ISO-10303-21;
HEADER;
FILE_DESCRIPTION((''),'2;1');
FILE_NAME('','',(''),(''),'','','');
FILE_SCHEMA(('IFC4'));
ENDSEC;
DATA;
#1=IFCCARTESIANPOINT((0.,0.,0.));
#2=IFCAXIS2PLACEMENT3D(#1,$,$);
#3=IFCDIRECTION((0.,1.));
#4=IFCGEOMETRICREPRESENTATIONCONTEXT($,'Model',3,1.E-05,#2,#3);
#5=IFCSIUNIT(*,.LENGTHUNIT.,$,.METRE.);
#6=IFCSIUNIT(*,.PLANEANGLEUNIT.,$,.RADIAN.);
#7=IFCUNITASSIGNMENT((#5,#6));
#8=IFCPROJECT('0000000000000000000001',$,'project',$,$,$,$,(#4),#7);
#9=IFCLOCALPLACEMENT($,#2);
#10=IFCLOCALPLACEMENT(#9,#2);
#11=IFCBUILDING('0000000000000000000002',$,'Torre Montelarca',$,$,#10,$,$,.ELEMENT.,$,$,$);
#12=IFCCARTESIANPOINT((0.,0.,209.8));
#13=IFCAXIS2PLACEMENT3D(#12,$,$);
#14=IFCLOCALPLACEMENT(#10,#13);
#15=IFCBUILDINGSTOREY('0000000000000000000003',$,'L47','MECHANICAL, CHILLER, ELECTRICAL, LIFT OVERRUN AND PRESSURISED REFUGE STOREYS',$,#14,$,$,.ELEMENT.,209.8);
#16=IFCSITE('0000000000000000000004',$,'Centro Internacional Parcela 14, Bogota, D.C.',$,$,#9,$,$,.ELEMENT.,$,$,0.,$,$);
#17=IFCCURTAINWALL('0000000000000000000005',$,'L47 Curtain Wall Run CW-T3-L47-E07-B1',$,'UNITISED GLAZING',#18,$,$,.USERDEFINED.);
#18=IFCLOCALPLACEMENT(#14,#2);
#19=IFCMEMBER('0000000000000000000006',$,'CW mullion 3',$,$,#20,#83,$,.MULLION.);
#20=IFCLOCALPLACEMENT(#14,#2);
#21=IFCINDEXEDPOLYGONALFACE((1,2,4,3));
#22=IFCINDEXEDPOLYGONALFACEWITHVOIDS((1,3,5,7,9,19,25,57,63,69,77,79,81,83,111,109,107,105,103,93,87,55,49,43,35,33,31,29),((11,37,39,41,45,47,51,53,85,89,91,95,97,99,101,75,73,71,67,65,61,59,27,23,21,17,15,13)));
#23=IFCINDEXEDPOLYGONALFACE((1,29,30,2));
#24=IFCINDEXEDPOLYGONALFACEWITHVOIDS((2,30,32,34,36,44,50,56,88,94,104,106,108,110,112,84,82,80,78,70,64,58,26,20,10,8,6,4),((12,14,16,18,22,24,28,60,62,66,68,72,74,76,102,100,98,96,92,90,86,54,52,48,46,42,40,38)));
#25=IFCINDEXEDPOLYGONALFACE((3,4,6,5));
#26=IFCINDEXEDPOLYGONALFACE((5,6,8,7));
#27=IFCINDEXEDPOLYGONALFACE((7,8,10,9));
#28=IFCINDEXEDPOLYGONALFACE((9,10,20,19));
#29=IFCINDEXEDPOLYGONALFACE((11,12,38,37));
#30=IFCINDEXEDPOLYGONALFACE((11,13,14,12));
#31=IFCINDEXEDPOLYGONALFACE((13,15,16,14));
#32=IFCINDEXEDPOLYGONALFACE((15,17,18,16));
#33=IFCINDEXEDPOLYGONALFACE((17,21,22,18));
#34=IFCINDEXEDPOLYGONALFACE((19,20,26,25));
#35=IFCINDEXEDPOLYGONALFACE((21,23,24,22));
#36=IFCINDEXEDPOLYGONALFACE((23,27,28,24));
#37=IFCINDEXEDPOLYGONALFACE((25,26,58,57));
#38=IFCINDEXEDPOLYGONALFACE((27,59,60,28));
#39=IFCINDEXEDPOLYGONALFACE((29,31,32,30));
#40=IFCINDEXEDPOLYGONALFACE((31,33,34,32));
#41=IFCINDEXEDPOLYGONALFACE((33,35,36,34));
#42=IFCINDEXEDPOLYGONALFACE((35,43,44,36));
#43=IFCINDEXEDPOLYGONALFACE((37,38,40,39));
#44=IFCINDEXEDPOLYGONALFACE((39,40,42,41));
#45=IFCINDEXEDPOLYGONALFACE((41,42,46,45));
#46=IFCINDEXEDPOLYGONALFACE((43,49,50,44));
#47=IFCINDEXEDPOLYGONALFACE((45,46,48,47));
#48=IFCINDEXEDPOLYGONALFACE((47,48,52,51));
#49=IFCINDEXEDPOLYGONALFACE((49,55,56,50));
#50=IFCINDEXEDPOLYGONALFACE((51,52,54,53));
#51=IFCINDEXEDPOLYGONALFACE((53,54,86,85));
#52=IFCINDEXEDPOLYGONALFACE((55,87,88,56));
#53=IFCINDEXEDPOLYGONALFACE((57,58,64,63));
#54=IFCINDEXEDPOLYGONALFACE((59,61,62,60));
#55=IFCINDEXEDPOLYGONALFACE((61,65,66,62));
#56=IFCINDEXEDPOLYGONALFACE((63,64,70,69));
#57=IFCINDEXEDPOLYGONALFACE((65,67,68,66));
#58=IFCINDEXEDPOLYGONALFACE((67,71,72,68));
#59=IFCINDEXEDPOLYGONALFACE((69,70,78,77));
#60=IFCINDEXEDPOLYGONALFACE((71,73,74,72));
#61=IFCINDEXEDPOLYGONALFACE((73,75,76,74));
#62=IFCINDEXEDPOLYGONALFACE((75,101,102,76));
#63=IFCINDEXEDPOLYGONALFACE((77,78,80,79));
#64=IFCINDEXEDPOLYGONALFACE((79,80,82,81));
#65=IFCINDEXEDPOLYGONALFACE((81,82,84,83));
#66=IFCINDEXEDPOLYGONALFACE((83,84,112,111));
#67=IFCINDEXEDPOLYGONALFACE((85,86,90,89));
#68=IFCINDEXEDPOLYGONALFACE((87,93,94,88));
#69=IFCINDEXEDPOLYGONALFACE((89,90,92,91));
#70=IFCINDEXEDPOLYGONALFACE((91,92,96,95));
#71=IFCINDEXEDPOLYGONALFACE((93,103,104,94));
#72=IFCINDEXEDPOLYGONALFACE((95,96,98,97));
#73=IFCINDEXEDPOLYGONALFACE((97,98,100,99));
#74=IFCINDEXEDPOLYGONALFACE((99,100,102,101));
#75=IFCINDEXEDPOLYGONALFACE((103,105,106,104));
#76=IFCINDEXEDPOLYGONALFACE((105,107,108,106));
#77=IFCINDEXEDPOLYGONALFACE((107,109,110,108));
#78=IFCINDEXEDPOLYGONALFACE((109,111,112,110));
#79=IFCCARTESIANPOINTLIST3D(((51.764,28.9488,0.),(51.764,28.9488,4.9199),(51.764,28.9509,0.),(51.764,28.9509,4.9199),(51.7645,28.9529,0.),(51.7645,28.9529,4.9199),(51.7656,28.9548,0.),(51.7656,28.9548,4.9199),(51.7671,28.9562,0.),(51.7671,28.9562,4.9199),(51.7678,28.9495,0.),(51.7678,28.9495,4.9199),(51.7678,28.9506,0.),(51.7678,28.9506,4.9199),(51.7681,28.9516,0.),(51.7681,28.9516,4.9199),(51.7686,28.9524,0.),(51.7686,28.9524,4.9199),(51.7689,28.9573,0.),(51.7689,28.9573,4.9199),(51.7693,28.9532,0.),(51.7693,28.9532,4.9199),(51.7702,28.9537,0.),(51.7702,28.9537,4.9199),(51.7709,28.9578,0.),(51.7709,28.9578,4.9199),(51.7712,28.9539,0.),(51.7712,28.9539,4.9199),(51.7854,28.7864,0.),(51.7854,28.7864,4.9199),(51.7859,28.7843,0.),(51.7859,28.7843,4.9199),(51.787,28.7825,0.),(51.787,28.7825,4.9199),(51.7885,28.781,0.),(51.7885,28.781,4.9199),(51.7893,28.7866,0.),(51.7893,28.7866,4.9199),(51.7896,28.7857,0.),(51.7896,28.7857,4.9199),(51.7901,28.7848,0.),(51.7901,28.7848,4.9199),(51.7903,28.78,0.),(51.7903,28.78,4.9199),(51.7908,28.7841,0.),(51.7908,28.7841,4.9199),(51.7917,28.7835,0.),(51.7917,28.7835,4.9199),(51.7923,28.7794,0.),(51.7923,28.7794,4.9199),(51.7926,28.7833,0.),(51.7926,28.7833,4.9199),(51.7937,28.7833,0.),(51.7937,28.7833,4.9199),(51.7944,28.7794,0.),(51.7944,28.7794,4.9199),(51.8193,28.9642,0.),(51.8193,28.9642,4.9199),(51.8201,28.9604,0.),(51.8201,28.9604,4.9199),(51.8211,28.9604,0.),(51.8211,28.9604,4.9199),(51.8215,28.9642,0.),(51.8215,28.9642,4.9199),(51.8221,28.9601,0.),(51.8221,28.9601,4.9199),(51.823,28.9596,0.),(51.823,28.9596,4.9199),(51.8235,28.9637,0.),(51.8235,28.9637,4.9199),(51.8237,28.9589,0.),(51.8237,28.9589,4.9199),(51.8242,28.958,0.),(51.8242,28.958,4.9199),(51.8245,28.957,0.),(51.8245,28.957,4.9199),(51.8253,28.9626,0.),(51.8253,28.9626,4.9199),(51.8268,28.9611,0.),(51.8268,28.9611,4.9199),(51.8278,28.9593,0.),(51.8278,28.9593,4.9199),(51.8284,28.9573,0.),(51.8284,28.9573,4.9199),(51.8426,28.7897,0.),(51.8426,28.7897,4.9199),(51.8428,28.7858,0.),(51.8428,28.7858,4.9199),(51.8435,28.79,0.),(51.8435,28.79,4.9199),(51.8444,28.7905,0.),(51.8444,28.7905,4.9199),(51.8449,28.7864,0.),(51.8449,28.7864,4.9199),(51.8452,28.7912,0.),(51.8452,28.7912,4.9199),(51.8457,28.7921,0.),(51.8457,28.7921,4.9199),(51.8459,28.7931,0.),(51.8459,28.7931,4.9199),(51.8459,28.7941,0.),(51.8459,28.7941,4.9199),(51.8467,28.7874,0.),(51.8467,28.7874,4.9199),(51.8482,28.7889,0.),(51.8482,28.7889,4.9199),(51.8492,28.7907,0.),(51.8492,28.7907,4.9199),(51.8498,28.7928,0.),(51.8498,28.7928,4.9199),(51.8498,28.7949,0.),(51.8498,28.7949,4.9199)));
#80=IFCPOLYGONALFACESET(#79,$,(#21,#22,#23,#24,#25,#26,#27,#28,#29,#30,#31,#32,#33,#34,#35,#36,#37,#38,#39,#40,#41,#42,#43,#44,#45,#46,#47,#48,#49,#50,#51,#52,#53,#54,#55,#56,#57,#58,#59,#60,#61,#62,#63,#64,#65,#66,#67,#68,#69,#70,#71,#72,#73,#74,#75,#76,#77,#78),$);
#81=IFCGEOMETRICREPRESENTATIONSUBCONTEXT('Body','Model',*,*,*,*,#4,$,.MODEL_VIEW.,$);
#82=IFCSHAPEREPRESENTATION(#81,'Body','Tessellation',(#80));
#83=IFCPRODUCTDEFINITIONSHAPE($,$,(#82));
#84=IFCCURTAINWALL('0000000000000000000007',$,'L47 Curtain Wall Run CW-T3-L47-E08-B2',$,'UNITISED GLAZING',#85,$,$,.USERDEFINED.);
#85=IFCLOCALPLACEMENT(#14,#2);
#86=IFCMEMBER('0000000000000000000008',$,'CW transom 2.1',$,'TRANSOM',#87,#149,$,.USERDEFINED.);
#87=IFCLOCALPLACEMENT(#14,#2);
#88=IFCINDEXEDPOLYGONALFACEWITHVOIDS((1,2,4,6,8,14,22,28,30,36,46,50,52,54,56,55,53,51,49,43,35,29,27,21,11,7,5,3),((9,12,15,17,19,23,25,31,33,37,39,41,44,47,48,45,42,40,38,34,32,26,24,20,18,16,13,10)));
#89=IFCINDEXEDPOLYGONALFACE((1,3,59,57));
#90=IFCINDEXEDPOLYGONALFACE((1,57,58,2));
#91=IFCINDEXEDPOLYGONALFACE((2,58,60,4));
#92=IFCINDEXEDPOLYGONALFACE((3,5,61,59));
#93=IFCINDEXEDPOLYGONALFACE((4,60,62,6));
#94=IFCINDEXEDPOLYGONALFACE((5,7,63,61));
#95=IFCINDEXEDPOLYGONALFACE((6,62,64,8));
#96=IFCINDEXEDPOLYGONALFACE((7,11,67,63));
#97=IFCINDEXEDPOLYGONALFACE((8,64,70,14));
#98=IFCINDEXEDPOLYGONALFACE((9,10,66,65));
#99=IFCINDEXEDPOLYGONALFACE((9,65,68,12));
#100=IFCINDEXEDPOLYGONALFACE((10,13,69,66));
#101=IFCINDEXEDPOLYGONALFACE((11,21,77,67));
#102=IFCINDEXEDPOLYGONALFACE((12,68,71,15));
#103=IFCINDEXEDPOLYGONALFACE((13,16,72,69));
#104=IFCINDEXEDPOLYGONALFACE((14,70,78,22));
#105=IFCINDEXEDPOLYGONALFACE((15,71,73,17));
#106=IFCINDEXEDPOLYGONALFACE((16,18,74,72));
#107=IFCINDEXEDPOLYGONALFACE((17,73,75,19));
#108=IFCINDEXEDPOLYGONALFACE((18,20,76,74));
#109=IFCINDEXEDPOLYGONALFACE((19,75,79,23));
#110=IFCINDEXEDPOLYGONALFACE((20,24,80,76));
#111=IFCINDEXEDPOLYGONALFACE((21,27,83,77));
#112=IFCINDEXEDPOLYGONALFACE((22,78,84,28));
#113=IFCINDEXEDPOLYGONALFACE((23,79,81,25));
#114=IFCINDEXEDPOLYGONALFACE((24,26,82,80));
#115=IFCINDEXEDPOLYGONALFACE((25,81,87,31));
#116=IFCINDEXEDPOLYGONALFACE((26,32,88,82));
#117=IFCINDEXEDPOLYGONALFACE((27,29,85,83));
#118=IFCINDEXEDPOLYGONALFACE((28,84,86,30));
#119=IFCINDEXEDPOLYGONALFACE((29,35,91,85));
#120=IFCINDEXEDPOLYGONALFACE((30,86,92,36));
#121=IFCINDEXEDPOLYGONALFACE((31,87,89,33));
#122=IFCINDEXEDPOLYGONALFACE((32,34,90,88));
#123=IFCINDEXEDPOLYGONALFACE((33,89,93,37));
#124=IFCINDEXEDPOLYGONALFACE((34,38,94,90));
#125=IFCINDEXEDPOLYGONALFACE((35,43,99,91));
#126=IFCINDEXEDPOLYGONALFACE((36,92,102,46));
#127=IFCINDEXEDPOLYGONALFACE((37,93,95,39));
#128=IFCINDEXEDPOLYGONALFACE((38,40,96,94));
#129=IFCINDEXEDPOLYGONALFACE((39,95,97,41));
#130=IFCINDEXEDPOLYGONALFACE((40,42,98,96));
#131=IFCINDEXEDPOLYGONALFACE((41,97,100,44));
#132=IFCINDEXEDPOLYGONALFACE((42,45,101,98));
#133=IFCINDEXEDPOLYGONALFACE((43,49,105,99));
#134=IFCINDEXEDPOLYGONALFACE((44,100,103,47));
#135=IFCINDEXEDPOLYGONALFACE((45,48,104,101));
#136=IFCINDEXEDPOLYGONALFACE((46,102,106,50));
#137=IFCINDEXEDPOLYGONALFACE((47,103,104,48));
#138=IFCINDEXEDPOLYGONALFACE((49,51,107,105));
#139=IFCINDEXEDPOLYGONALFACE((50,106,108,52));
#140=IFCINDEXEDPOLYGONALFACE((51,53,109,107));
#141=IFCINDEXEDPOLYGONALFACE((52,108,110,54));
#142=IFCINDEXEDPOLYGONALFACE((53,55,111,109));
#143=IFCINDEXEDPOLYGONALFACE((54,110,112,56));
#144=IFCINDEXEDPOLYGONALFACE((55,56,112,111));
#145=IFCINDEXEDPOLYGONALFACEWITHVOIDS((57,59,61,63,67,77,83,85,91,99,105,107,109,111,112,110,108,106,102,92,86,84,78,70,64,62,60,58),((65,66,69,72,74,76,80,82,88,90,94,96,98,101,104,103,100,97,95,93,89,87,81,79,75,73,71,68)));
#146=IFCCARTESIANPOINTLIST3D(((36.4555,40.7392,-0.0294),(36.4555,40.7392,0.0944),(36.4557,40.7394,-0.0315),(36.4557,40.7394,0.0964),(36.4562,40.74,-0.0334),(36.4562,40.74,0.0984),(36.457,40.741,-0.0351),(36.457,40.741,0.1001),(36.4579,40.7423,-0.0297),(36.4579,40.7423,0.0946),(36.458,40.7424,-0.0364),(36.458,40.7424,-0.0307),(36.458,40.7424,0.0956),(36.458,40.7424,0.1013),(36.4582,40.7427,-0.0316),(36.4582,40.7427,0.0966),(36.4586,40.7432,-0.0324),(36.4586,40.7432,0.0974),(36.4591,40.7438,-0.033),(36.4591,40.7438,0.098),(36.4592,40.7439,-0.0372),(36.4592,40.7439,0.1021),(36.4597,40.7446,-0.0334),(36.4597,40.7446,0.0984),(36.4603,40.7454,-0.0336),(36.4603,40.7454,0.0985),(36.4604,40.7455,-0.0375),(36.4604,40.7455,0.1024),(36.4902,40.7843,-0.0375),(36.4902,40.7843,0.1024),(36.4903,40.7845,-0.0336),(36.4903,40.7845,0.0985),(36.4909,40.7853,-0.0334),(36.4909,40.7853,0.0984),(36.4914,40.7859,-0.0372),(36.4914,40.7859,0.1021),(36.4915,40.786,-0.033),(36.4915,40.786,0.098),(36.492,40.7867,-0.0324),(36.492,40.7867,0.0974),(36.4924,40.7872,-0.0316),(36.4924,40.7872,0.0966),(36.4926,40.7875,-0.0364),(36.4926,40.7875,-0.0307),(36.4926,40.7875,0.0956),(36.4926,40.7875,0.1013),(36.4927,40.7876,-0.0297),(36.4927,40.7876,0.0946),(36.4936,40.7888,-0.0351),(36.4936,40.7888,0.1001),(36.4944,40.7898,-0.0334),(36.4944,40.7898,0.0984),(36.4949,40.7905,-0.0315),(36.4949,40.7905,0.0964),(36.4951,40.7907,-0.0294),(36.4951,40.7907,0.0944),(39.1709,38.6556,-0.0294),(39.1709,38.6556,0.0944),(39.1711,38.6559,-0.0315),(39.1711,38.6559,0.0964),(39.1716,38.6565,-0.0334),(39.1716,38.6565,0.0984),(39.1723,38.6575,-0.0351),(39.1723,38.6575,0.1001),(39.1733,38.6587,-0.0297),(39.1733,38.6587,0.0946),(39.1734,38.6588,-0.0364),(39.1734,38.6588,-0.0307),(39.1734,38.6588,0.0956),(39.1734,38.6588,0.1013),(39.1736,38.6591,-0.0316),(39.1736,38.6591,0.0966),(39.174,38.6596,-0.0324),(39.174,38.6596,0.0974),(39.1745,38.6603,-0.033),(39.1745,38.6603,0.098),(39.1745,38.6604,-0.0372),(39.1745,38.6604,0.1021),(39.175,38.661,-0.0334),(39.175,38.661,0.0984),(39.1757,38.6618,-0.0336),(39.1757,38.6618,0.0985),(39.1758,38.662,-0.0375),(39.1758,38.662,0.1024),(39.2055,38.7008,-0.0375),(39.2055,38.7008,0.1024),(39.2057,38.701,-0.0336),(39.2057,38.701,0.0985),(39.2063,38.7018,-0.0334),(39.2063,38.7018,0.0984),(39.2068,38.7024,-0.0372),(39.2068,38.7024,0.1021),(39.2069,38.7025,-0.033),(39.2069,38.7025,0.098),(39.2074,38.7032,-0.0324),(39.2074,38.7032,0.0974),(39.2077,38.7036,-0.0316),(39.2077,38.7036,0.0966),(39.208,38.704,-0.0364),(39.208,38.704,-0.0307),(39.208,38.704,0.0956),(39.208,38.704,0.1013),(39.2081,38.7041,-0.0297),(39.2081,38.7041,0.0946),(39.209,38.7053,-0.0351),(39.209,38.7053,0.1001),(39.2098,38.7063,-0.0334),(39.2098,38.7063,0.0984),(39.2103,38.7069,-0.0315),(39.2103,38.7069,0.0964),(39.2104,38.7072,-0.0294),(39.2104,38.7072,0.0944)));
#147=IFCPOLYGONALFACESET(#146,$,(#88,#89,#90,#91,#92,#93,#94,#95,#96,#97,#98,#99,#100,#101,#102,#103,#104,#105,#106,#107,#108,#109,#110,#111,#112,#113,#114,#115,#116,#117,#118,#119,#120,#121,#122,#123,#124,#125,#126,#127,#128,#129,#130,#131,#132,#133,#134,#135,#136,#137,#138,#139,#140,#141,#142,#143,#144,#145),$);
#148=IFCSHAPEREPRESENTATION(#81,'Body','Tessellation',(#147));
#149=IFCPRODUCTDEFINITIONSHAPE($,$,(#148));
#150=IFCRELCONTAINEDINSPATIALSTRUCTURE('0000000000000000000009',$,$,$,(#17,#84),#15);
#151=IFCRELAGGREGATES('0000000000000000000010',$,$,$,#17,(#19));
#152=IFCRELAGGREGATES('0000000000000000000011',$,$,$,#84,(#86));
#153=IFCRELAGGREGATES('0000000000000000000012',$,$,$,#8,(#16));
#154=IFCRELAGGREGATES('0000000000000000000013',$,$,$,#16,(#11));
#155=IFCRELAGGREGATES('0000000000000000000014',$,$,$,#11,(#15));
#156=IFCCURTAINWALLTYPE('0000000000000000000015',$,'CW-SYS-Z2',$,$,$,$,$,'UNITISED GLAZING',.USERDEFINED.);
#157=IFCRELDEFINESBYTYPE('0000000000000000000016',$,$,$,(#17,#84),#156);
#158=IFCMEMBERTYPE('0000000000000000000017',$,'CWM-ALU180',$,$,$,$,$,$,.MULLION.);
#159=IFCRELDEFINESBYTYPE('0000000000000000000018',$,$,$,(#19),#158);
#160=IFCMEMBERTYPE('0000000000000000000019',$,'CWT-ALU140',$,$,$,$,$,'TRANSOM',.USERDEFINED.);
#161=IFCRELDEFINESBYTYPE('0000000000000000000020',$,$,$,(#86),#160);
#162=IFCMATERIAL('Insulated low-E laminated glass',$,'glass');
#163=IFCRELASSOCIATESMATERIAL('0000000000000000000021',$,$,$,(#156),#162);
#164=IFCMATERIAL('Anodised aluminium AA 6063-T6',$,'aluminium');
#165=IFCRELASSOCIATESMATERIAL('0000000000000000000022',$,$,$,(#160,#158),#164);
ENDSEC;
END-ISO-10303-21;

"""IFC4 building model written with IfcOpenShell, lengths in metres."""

from ifc_helpers import new_model, si_unit, direction, frame, origin, origin_2d, place, context, subcontext, project, spatial, hollow_rectangle, extrude, source, transform, mapped, material, material_profile, profile_set, type_object, element, aggregate, save


model = new_model("IFC4")

# Units and contexts
model_context = context("Model", 3, precision=1e-05, world=origin(), true_north=direction((0.0, 1.0)))
body_context = subcontext(model_context, "Body", "Model", "MODEL_VIEW")
ifc_project = project(units=[si_unit("LENGTHUNIT", "METRE"), si_unit("PLANEANGLEUNIT", "RADIAN")], contexts=[model_context])

# Site, building, storey
site_placement = place(None, origin())
site = spatial("IfcSite", under=ifc_project, at=site_placement, Name="Centro Internacional Parcela 14, Bogota, D.C.", CompositionType="ELEMENT", RefElevation=0.0)
building_placement = place(site_placement, origin())
building = spatial("IfcBuilding", under=site, at=building_placement, Name="Torre Montelarca", CompositionType="ELEMENT")
storey_placement = place(building_placement, frame((0.0, 0.0, 209.8)))
storey = spatial("IfcBuildingStorey", under=building, at=storey_placement, Name="L47", Description="MECHANICAL, CHILLER, ELECTRICAL, LIFT OVERRUN AND PRESSURISED REFUGE STOREYS", CompositionType="ELEMENT", Elevation=209.8)

# Curtain walls, members
ifc_material_1 = material(Name="Insulated low-E laminated glass", Category="glass")
curtain_wall_type = type_object("IfcCurtainWallType", Name="CW-SYS-Z2", ElementType="UNITISED GLAZING", PredefinedType="USERDEFINED", material=ifc_material_1)
curtain_wall_1_placement = place(storey_placement, origin())
curtain_wall_1 = element("IfcCurtainWall", 1, at=curtain_wall_1_placement, inside=storey, type_object=curtain_wall_type, Name="L47 Curtain Wall Run CW-T3-L47-E07-B1", ObjectType="UNITISED GLAZING", PredefinedType="USERDEFINED")
ifc_material_2 = material(Name="Anodised aluminium AA 6063-T6", Category="aluminium")
ifc_material_profile_1 = material_profile(ifc_material_2, hollow_rectangle(XDim=0.0649, YDim=0.1399, WallThickness=0.0039, InnerFilletRadius=0.0039, OuterFilletRadius=0.0081, at=origin_2d()), Name="ALU65X140X4", Category="aluminium")
ifc_profile_set_1 = profile_set([ifc_material_profile_1], Name="Anodised aluminium AA 6063-T6")
member_type_1 = type_object("IfcMemberType", Name="CWT-ALU140", ElementType="TRANSOM", PredefinedType="USERDEFINED", material=ifc_profile_set_1)
ifc_material_profile_2 = material_profile(ifc_material_2, hollow_rectangle(XDim=0.0649, YDim=0.1799, WallThickness=0.0039, InnerFilletRadius=0.0039, OuterFilletRadius=0.0081, at=origin_2d()), Name="ALU65X180X4", Category="aluminium")
ifc_profile_set_2 = profile_set([ifc_material_profile_2], Name="Anodised aluminium AA 6063-T6")
member_type_2 = type_object("IfcMemberType", Name="CWM-ALU180", PredefinedType="MULLION", material=ifc_profile_set_2)
shared_shape_1 = source(origin(), body_context, "Body", "SweptSolid", [
    extrude(hollow_rectangle(XDim=0.0649, YDim=0.1799, WallThickness=0.0039, InnerFilletRadius=0.0039, OuterFilletRadius=0.0081, at=origin_2d()), origin(), (0.0, 0.0, 1.0), 4.9199),
])
member_1_placement = place(storey_placement, frame((51.8069, 28.8718, 0.0), z_axis=(0.0, 0.0, 1.0), x_axis=(-0.991446, -0.130514, 0.0)))
member_1 = element("IfcMember", 2, at=member_1_placement, type_object=member_type_2, Name="CW mullion 3", PredefinedType="MULLION", context=body_context, shape_type="MappedRepresentation", body=[
    mapped(shared_shape_1, transform((0.0, 0.0, 0.0), scale=1.0)),
])
curtain_wall_2_placement = place(storey_placement, origin())
curtain_wall_2 = element("IfcCurtainWall", 3, at=curtain_wall_2_placement, inside=storey, type_object=curtain_wall_type, Name="L47 Curtain Wall Run CW-T3-L47-E08-B2", ObjectType="UNITISED GLAZING", PredefinedType="USERDEFINED")
shared_shape_2 = source(origin(), body_context, "Body", "SweptSolid", [
    extrude(hollow_rectangle(XDim=0.0649, YDim=0.1399, WallThickness=0.0039, InnerFilletRadius=0.0039, OuterFilletRadius=0.0081, at=origin_2d()), origin(), (0.0, 0.0, 1.0), 3.4226),
])
member_2_placement = place(storey_placement, frame((39.1907, 38.6814, 0.0325), z_axis=(-0.793361, 0.608752, 0.0), x_axis=(-0.608752, -0.793361, 0.0)))
member_2 = element("IfcMember", 4, at=member_2_placement, type_object=member_type_1, Name="CW transom 2.1", ObjectType="TRANSOM", PredefinedType="USERDEFINED", context=body_context, shape_type="MappedRepresentation", body=[
    mapped(shared_shape_2, transform((0.0, 0.0, 0.0), scale=1.0)),
])

aggregate(curtain_wall_1, [member_1])
aggregate(curtain_wall_2, [member_2])

save(model, "model.ifc")
